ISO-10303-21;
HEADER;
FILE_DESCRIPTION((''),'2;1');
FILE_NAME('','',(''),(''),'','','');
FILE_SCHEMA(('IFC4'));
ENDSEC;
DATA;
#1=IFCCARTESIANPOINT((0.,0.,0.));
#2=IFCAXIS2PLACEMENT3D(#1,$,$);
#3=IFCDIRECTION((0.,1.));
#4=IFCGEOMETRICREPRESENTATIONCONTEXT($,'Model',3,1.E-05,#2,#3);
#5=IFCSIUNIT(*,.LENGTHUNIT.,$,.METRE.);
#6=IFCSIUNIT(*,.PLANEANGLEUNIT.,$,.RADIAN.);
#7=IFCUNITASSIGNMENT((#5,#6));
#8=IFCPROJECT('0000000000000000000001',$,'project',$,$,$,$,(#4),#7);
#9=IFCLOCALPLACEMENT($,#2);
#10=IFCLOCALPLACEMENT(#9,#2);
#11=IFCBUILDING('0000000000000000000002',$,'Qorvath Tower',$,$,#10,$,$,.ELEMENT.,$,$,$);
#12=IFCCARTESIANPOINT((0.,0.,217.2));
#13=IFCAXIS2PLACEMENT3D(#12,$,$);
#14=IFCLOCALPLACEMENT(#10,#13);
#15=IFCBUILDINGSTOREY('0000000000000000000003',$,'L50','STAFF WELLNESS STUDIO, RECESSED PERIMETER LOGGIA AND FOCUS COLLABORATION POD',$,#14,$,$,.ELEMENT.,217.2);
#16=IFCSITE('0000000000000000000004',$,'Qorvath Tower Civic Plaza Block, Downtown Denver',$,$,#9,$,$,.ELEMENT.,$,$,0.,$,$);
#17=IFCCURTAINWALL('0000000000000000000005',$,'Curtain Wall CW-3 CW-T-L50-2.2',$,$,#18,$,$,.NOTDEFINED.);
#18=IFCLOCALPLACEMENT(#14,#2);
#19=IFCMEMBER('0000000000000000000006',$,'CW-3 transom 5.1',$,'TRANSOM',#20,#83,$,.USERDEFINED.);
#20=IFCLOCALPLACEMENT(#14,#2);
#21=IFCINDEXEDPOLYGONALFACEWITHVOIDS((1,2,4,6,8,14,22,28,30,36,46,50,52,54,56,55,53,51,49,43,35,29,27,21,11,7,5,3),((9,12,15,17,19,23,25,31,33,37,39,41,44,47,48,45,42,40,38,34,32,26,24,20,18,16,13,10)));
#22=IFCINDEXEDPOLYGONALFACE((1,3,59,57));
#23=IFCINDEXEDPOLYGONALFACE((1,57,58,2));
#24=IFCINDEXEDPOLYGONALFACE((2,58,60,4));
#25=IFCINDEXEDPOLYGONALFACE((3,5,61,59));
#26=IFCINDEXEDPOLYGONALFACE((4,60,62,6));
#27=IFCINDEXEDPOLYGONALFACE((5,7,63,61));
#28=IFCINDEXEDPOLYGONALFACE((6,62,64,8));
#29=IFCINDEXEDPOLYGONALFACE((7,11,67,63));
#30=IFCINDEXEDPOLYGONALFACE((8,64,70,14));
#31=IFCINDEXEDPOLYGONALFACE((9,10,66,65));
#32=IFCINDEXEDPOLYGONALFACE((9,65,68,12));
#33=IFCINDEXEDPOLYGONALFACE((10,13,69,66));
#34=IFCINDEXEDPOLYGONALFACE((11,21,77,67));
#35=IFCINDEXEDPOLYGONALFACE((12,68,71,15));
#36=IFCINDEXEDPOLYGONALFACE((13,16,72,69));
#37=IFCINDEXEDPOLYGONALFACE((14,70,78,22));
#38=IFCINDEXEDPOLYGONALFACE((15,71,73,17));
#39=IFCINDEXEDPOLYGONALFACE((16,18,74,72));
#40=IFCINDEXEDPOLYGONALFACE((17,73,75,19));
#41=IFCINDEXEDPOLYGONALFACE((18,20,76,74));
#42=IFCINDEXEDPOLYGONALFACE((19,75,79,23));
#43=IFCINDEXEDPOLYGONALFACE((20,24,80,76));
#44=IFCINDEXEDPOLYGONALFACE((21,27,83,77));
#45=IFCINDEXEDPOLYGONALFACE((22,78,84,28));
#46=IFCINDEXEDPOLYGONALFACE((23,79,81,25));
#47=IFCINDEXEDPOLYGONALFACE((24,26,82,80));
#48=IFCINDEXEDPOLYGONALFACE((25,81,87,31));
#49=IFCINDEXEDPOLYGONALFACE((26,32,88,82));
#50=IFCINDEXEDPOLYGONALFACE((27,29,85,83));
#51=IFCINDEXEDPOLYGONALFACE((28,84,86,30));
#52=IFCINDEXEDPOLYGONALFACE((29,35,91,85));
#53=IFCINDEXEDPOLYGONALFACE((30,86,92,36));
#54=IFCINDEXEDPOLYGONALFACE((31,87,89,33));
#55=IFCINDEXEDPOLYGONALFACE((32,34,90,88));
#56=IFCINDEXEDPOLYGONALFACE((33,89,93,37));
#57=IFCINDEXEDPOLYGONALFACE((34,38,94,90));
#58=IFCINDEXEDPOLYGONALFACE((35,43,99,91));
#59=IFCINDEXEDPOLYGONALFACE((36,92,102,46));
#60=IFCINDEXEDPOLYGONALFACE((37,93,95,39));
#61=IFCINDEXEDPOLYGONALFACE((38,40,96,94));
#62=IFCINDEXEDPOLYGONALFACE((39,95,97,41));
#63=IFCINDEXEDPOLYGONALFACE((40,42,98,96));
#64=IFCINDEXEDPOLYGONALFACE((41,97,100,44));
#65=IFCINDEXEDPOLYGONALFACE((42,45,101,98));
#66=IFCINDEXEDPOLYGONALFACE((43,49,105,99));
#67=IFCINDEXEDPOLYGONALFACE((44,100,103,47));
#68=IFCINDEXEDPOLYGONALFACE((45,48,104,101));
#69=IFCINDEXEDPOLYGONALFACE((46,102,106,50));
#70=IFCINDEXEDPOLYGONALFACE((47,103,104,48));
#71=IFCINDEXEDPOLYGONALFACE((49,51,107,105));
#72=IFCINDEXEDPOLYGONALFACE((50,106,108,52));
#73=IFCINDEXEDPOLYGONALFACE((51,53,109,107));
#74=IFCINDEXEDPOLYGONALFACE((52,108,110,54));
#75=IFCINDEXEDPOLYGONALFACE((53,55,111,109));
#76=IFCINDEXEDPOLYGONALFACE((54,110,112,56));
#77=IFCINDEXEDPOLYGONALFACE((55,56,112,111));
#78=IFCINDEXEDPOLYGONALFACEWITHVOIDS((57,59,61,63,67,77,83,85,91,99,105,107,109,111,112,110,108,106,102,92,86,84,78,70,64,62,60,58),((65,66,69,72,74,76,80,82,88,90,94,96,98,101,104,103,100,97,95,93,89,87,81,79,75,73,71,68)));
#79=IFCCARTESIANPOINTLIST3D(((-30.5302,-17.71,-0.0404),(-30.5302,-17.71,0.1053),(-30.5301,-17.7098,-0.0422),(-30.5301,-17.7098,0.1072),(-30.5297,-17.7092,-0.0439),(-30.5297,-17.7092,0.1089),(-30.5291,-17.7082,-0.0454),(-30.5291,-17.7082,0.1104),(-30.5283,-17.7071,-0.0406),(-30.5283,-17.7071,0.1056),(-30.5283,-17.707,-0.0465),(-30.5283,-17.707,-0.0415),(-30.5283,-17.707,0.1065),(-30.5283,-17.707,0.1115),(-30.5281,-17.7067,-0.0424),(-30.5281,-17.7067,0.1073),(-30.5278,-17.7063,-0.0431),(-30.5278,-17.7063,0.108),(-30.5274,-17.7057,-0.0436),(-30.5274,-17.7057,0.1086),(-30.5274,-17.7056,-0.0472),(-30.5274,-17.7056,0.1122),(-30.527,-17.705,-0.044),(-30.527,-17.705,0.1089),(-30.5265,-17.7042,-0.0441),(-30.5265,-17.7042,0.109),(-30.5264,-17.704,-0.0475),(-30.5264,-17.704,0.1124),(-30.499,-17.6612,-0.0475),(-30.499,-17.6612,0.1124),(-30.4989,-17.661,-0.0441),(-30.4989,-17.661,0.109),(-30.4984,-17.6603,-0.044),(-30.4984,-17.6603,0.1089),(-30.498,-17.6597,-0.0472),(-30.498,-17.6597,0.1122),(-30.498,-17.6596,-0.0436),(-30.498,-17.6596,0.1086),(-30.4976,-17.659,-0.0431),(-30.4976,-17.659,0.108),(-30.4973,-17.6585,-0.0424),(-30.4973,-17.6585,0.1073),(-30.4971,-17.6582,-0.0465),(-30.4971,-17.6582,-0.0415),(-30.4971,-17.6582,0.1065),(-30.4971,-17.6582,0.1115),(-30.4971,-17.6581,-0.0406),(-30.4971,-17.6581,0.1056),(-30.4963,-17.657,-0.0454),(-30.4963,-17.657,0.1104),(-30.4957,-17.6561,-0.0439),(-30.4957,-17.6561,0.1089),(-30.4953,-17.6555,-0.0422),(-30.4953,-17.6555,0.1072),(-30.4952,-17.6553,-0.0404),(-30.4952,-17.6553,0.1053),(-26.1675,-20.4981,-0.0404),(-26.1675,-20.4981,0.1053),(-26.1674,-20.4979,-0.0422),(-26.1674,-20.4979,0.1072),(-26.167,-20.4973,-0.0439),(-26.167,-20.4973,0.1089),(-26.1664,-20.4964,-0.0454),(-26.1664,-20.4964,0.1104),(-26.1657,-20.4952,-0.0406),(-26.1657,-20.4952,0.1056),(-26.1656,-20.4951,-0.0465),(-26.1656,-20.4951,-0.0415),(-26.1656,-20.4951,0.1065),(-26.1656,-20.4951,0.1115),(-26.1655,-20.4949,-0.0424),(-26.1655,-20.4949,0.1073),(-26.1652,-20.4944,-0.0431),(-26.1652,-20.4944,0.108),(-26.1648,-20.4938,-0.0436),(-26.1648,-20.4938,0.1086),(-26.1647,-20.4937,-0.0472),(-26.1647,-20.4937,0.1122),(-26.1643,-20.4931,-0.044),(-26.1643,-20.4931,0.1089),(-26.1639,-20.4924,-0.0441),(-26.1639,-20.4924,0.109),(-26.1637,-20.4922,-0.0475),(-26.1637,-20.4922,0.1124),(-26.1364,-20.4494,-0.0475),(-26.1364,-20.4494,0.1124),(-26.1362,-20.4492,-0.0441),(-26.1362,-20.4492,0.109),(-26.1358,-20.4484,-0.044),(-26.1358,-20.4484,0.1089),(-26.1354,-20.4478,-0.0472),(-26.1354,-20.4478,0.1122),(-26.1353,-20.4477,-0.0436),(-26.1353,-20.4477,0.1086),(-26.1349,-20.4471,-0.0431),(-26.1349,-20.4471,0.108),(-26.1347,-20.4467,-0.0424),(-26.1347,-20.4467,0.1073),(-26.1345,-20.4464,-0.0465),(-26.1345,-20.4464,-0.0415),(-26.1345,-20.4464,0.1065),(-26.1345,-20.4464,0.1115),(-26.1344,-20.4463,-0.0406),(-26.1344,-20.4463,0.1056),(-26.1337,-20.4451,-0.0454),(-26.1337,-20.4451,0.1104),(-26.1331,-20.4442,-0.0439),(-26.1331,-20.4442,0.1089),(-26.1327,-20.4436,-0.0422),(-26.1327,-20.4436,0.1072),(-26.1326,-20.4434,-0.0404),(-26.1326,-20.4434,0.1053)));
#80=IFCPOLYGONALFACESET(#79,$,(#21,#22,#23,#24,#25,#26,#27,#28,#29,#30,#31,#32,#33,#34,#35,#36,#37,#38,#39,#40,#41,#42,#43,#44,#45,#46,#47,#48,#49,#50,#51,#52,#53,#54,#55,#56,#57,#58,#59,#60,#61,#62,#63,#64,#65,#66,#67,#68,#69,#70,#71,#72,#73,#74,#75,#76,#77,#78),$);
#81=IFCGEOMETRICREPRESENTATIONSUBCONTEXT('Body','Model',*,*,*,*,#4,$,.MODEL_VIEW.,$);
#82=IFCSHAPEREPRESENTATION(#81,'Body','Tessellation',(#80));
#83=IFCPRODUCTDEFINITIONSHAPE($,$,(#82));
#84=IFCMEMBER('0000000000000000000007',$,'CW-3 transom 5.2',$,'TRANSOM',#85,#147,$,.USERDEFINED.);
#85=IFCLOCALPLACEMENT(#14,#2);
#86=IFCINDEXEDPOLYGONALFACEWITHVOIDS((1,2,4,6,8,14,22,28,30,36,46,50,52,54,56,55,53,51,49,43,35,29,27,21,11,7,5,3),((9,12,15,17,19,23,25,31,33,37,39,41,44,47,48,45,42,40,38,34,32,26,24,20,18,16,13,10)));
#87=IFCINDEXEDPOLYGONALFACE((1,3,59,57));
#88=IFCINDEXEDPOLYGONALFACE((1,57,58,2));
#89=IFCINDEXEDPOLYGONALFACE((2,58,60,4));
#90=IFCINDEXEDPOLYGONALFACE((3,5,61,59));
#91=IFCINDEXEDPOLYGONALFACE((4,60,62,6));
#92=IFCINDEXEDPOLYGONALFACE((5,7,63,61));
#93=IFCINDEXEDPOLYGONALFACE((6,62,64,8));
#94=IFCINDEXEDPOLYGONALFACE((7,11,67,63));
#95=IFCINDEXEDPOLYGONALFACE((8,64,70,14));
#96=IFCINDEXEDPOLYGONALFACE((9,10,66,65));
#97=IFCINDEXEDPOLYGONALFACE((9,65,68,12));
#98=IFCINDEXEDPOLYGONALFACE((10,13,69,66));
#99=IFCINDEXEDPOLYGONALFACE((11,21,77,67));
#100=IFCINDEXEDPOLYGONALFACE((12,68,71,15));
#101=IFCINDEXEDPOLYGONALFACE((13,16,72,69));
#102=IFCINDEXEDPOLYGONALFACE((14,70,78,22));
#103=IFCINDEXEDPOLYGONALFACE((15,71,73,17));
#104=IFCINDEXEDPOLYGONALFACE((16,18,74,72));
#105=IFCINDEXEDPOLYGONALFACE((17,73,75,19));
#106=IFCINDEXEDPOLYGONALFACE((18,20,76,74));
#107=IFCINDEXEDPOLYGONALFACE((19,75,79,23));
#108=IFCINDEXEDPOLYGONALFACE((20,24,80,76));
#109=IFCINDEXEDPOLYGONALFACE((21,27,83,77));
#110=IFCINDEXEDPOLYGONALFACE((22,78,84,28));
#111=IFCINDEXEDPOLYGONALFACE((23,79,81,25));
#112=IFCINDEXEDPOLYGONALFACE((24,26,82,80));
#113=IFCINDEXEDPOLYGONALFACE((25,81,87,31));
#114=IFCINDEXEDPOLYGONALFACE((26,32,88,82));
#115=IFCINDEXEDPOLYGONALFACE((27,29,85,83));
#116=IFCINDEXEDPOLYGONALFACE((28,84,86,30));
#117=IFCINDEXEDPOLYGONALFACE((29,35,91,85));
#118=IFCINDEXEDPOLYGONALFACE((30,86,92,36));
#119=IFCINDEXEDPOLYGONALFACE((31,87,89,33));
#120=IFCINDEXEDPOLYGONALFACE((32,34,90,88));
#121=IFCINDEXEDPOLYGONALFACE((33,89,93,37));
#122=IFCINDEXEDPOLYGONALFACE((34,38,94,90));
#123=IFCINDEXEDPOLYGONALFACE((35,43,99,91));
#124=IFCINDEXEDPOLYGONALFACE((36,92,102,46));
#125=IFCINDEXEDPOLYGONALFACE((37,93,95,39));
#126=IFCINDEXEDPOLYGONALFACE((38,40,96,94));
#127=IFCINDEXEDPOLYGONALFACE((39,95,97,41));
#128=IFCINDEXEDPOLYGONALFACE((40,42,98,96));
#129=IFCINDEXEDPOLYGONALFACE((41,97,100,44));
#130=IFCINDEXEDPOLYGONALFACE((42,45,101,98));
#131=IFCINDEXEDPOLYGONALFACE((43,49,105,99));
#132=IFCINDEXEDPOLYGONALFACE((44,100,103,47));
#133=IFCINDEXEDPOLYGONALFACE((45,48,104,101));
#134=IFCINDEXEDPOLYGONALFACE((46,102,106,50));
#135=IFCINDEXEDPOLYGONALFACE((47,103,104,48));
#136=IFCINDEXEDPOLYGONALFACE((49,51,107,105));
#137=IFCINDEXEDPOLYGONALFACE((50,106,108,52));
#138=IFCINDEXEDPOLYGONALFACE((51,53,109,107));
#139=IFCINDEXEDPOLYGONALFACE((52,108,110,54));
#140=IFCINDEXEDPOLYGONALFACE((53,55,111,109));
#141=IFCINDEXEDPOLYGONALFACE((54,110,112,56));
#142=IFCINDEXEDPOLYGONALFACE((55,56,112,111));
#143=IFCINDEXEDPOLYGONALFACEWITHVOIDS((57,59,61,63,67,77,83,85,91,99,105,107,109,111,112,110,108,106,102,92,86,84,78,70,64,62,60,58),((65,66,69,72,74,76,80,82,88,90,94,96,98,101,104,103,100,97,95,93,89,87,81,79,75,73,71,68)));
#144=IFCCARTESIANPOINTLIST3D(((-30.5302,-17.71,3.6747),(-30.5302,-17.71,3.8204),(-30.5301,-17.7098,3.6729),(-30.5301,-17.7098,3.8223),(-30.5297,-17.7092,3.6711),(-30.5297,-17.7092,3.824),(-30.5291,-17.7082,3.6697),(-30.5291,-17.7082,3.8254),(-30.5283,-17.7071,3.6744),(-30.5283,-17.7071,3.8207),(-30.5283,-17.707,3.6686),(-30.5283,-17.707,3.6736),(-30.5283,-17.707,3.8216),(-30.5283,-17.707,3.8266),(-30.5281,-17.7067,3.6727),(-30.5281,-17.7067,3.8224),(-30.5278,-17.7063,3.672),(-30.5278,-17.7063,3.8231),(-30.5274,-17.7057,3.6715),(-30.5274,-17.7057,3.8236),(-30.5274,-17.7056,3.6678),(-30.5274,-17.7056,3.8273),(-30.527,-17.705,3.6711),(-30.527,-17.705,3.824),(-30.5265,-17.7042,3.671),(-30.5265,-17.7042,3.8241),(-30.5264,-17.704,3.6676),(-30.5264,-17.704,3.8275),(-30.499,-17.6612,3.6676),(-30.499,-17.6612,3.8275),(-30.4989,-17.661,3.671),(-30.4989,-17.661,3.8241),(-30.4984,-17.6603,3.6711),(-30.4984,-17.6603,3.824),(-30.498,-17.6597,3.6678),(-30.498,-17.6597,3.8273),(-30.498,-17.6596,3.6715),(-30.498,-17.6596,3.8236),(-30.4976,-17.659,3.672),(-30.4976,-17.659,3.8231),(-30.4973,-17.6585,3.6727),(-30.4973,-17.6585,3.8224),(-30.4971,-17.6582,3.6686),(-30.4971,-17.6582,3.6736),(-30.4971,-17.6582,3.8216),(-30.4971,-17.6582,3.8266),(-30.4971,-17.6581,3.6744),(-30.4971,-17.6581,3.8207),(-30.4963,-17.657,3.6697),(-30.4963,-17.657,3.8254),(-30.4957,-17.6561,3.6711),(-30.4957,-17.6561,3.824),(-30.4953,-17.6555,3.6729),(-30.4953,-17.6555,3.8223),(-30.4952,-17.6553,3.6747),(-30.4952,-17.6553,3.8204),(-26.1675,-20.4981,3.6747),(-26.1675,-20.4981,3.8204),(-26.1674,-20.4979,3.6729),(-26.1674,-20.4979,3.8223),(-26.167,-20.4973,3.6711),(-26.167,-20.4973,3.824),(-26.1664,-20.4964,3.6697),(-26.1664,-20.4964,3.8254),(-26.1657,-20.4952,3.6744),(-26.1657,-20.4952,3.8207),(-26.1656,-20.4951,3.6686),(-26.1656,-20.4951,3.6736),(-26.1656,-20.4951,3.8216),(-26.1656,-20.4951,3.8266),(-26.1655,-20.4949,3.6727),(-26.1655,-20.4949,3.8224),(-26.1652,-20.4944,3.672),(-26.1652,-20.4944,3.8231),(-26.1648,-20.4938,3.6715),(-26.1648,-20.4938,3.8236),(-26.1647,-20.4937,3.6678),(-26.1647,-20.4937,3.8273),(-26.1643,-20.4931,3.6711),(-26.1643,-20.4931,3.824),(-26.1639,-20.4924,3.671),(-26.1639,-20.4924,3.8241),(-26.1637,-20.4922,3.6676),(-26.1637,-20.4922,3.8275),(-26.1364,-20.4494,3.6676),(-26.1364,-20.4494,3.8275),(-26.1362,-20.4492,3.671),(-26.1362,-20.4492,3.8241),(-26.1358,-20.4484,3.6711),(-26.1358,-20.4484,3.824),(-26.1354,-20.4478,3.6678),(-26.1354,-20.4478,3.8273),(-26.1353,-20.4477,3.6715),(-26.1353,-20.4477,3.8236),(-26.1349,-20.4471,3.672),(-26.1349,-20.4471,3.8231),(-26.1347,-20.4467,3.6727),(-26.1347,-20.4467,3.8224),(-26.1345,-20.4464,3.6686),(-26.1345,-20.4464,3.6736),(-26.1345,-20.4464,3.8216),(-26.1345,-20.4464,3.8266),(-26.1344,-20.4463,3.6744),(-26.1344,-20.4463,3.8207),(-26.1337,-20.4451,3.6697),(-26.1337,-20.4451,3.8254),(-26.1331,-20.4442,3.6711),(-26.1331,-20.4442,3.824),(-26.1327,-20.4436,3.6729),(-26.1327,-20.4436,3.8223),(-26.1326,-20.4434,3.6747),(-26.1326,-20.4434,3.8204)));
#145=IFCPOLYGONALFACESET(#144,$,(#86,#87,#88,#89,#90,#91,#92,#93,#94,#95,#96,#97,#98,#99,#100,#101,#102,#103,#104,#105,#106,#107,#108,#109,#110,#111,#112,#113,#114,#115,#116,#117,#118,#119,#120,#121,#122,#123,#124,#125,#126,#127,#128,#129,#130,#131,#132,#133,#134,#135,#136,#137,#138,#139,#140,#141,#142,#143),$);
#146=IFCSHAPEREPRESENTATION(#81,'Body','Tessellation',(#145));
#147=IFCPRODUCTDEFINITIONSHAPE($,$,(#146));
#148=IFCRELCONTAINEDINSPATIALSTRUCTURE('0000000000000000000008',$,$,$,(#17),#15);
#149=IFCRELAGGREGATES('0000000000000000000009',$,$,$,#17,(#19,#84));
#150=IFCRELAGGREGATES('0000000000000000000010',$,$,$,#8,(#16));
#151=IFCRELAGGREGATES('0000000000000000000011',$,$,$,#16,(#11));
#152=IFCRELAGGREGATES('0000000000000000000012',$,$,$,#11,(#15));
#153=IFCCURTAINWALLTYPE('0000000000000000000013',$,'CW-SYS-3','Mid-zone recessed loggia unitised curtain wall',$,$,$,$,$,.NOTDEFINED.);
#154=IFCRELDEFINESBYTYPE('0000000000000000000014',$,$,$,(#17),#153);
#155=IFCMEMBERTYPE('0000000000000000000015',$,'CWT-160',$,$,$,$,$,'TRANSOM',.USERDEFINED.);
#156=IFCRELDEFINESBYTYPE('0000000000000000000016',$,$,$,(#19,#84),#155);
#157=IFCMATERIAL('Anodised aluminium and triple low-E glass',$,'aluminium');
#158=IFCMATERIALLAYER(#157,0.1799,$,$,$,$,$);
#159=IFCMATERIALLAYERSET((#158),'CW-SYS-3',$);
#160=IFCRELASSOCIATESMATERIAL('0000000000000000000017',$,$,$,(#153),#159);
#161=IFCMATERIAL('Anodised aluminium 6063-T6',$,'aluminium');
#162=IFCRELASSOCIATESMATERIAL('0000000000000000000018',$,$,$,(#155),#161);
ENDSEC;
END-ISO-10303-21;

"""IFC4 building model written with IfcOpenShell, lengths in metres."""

from ifc_helpers import new_model, si_unit, direction, frame, origin, origin_2d, place, context, subcontext, project, spatial, hollow_rectangle, extrude, material, layer, layer_set, material_profile, profile_set, type_object, element, aggregate, save


model = new_model("IFC4")

# Units and contexts
model_context = context("Model", 3, precision=1e-05, world=origin(), true_north=direction((0.0, 1.0)))
body_context = subcontext(model_context, "Body", "Model", "MODEL_VIEW")
ifc_project = project(units=[si_unit("LENGTHUNIT", "METRE"), si_unit("PLANEANGLEUNIT", "RADIAN")], contexts=[model_context])

# Site, building, storey
site_placement = place(None, origin())
site = spatial("IfcSite", under=ifc_project, at=site_placement, Name="Qorvath Tower Civic Plaza Block, Downtown Denver", CompositionType="ELEMENT", RefElevation=0.0)
building_placement = place(site_placement, origin())
building = spatial("IfcBuilding", under=site, at=building_placement, Name="Qorvath Tower", CompositionType="ELEMENT")
storey_placement = place(building_placement, frame((0.0, 0.0, 217.2)))
storey = spatial("IfcBuildingStorey", under=building, at=storey_placement, Name="L50", Description="STAFF WELLNESS STUDIO, RECESSED PERIMETER LOGGIA AND FOCUS COLLABORATION POD", CompositionType="ELEMENT", Elevation=217.2)

# Curtain wall, members
ifc_material_1 = material(Name="Anodised aluminium and triple low-E glass", Category="aluminium")
ifc_layer_1 = layer(ifc_material_1, 0.1799)
ifc_layer_set_1 = layer_set([ifc_layer_1], Name="CW-SYS-3")
curtain_wall_type = type_object("IfcCurtainWallType", Name="CW-SYS-3", Description="Mid-zone recessed loggia unitised curtain wall", PredefinedType="NOTDEFINED", material=ifc_layer_set_1)
curtain_wall_placement = place(storey_placement, origin())
curtain_wall = element("IfcCurtainWall", 1, at=curtain_wall_placement, inside=storey, type_object=curtain_wall_type, Name="Curtain Wall CW-3 CW-T-L50-2.2", PredefinedType="NOTDEFINED")
ifc_material_2 = material(Name="Anodised aluminium 6063-T6", Category="aluminium")
ifc_material_profile_1 = material_profile(ifc_material_2, hollow_rectangle(XDim=0.0649, YDim=0.1599, WallThickness=0.0034, InnerFilletRadius=0.0034, OuterFilletRadius=0.0071, at=origin_2d()), Name="CWT 160x65")
ifc_profile_set_1 = profile_set([ifc_material_profile_1], Name="Anodised aluminium 6063-T6")
member_type_1 = type_object("IfcMemberType", Name="CWT-160", ElementType="TRANSOM", PredefinedType="USERDEFINED", material=ifc_profile_set_1)
member_1_placement = place(storey_placement, frame((-30.5127, -17.6826, 0.0325), z_axis=(0.842617, -0.538513, 0.0), x_axis=(0.538513, 0.842617, 0.0)))
member_1 = element("IfcMember", 2, at=member_1_placement, type_object=member_type_1, Name="CW-3 transom 5.1", ObjectType="TRANSOM", PredefinedType="USERDEFINED", context=body_context, shape_type="SweptSolid", body=[
    extrude(hollow_rectangle(XDim=0.0649, YDim=0.1599, WallThickness=0.0034, InnerFilletRadius=0.0034, OuterFilletRadius=0.0071, at=origin_2d()), origin(), (0.0, 0.0, 1.0), 5.1775),
])
member_2_placement = place(storey_placement, frame((-30.5127, -17.6826, 3.7476), z_axis=(0.842617, -0.538513, 0.0), x_axis=(0.538513, 0.842617, 0.0)))
member_2 = element("IfcMember", 3, at=member_2_placement, type_object=member_type_1, Name="CW-3 transom 5.2", ObjectType="TRANSOM", PredefinedType="USERDEFINED", context=body_context, shape_type="SweptSolid", body=[
    extrude(hollow_rectangle(XDim=0.0649, YDim=0.1599, WallThickness=0.0034, InnerFilletRadius=0.0034, OuterFilletRadius=0.0071, at=origin_2d()), origin(), (0.0, 0.0, 1.0), 5.1775),
])
aggregate(curtain_wall, [member_1, member_2])

save(model, "model.ifc")
